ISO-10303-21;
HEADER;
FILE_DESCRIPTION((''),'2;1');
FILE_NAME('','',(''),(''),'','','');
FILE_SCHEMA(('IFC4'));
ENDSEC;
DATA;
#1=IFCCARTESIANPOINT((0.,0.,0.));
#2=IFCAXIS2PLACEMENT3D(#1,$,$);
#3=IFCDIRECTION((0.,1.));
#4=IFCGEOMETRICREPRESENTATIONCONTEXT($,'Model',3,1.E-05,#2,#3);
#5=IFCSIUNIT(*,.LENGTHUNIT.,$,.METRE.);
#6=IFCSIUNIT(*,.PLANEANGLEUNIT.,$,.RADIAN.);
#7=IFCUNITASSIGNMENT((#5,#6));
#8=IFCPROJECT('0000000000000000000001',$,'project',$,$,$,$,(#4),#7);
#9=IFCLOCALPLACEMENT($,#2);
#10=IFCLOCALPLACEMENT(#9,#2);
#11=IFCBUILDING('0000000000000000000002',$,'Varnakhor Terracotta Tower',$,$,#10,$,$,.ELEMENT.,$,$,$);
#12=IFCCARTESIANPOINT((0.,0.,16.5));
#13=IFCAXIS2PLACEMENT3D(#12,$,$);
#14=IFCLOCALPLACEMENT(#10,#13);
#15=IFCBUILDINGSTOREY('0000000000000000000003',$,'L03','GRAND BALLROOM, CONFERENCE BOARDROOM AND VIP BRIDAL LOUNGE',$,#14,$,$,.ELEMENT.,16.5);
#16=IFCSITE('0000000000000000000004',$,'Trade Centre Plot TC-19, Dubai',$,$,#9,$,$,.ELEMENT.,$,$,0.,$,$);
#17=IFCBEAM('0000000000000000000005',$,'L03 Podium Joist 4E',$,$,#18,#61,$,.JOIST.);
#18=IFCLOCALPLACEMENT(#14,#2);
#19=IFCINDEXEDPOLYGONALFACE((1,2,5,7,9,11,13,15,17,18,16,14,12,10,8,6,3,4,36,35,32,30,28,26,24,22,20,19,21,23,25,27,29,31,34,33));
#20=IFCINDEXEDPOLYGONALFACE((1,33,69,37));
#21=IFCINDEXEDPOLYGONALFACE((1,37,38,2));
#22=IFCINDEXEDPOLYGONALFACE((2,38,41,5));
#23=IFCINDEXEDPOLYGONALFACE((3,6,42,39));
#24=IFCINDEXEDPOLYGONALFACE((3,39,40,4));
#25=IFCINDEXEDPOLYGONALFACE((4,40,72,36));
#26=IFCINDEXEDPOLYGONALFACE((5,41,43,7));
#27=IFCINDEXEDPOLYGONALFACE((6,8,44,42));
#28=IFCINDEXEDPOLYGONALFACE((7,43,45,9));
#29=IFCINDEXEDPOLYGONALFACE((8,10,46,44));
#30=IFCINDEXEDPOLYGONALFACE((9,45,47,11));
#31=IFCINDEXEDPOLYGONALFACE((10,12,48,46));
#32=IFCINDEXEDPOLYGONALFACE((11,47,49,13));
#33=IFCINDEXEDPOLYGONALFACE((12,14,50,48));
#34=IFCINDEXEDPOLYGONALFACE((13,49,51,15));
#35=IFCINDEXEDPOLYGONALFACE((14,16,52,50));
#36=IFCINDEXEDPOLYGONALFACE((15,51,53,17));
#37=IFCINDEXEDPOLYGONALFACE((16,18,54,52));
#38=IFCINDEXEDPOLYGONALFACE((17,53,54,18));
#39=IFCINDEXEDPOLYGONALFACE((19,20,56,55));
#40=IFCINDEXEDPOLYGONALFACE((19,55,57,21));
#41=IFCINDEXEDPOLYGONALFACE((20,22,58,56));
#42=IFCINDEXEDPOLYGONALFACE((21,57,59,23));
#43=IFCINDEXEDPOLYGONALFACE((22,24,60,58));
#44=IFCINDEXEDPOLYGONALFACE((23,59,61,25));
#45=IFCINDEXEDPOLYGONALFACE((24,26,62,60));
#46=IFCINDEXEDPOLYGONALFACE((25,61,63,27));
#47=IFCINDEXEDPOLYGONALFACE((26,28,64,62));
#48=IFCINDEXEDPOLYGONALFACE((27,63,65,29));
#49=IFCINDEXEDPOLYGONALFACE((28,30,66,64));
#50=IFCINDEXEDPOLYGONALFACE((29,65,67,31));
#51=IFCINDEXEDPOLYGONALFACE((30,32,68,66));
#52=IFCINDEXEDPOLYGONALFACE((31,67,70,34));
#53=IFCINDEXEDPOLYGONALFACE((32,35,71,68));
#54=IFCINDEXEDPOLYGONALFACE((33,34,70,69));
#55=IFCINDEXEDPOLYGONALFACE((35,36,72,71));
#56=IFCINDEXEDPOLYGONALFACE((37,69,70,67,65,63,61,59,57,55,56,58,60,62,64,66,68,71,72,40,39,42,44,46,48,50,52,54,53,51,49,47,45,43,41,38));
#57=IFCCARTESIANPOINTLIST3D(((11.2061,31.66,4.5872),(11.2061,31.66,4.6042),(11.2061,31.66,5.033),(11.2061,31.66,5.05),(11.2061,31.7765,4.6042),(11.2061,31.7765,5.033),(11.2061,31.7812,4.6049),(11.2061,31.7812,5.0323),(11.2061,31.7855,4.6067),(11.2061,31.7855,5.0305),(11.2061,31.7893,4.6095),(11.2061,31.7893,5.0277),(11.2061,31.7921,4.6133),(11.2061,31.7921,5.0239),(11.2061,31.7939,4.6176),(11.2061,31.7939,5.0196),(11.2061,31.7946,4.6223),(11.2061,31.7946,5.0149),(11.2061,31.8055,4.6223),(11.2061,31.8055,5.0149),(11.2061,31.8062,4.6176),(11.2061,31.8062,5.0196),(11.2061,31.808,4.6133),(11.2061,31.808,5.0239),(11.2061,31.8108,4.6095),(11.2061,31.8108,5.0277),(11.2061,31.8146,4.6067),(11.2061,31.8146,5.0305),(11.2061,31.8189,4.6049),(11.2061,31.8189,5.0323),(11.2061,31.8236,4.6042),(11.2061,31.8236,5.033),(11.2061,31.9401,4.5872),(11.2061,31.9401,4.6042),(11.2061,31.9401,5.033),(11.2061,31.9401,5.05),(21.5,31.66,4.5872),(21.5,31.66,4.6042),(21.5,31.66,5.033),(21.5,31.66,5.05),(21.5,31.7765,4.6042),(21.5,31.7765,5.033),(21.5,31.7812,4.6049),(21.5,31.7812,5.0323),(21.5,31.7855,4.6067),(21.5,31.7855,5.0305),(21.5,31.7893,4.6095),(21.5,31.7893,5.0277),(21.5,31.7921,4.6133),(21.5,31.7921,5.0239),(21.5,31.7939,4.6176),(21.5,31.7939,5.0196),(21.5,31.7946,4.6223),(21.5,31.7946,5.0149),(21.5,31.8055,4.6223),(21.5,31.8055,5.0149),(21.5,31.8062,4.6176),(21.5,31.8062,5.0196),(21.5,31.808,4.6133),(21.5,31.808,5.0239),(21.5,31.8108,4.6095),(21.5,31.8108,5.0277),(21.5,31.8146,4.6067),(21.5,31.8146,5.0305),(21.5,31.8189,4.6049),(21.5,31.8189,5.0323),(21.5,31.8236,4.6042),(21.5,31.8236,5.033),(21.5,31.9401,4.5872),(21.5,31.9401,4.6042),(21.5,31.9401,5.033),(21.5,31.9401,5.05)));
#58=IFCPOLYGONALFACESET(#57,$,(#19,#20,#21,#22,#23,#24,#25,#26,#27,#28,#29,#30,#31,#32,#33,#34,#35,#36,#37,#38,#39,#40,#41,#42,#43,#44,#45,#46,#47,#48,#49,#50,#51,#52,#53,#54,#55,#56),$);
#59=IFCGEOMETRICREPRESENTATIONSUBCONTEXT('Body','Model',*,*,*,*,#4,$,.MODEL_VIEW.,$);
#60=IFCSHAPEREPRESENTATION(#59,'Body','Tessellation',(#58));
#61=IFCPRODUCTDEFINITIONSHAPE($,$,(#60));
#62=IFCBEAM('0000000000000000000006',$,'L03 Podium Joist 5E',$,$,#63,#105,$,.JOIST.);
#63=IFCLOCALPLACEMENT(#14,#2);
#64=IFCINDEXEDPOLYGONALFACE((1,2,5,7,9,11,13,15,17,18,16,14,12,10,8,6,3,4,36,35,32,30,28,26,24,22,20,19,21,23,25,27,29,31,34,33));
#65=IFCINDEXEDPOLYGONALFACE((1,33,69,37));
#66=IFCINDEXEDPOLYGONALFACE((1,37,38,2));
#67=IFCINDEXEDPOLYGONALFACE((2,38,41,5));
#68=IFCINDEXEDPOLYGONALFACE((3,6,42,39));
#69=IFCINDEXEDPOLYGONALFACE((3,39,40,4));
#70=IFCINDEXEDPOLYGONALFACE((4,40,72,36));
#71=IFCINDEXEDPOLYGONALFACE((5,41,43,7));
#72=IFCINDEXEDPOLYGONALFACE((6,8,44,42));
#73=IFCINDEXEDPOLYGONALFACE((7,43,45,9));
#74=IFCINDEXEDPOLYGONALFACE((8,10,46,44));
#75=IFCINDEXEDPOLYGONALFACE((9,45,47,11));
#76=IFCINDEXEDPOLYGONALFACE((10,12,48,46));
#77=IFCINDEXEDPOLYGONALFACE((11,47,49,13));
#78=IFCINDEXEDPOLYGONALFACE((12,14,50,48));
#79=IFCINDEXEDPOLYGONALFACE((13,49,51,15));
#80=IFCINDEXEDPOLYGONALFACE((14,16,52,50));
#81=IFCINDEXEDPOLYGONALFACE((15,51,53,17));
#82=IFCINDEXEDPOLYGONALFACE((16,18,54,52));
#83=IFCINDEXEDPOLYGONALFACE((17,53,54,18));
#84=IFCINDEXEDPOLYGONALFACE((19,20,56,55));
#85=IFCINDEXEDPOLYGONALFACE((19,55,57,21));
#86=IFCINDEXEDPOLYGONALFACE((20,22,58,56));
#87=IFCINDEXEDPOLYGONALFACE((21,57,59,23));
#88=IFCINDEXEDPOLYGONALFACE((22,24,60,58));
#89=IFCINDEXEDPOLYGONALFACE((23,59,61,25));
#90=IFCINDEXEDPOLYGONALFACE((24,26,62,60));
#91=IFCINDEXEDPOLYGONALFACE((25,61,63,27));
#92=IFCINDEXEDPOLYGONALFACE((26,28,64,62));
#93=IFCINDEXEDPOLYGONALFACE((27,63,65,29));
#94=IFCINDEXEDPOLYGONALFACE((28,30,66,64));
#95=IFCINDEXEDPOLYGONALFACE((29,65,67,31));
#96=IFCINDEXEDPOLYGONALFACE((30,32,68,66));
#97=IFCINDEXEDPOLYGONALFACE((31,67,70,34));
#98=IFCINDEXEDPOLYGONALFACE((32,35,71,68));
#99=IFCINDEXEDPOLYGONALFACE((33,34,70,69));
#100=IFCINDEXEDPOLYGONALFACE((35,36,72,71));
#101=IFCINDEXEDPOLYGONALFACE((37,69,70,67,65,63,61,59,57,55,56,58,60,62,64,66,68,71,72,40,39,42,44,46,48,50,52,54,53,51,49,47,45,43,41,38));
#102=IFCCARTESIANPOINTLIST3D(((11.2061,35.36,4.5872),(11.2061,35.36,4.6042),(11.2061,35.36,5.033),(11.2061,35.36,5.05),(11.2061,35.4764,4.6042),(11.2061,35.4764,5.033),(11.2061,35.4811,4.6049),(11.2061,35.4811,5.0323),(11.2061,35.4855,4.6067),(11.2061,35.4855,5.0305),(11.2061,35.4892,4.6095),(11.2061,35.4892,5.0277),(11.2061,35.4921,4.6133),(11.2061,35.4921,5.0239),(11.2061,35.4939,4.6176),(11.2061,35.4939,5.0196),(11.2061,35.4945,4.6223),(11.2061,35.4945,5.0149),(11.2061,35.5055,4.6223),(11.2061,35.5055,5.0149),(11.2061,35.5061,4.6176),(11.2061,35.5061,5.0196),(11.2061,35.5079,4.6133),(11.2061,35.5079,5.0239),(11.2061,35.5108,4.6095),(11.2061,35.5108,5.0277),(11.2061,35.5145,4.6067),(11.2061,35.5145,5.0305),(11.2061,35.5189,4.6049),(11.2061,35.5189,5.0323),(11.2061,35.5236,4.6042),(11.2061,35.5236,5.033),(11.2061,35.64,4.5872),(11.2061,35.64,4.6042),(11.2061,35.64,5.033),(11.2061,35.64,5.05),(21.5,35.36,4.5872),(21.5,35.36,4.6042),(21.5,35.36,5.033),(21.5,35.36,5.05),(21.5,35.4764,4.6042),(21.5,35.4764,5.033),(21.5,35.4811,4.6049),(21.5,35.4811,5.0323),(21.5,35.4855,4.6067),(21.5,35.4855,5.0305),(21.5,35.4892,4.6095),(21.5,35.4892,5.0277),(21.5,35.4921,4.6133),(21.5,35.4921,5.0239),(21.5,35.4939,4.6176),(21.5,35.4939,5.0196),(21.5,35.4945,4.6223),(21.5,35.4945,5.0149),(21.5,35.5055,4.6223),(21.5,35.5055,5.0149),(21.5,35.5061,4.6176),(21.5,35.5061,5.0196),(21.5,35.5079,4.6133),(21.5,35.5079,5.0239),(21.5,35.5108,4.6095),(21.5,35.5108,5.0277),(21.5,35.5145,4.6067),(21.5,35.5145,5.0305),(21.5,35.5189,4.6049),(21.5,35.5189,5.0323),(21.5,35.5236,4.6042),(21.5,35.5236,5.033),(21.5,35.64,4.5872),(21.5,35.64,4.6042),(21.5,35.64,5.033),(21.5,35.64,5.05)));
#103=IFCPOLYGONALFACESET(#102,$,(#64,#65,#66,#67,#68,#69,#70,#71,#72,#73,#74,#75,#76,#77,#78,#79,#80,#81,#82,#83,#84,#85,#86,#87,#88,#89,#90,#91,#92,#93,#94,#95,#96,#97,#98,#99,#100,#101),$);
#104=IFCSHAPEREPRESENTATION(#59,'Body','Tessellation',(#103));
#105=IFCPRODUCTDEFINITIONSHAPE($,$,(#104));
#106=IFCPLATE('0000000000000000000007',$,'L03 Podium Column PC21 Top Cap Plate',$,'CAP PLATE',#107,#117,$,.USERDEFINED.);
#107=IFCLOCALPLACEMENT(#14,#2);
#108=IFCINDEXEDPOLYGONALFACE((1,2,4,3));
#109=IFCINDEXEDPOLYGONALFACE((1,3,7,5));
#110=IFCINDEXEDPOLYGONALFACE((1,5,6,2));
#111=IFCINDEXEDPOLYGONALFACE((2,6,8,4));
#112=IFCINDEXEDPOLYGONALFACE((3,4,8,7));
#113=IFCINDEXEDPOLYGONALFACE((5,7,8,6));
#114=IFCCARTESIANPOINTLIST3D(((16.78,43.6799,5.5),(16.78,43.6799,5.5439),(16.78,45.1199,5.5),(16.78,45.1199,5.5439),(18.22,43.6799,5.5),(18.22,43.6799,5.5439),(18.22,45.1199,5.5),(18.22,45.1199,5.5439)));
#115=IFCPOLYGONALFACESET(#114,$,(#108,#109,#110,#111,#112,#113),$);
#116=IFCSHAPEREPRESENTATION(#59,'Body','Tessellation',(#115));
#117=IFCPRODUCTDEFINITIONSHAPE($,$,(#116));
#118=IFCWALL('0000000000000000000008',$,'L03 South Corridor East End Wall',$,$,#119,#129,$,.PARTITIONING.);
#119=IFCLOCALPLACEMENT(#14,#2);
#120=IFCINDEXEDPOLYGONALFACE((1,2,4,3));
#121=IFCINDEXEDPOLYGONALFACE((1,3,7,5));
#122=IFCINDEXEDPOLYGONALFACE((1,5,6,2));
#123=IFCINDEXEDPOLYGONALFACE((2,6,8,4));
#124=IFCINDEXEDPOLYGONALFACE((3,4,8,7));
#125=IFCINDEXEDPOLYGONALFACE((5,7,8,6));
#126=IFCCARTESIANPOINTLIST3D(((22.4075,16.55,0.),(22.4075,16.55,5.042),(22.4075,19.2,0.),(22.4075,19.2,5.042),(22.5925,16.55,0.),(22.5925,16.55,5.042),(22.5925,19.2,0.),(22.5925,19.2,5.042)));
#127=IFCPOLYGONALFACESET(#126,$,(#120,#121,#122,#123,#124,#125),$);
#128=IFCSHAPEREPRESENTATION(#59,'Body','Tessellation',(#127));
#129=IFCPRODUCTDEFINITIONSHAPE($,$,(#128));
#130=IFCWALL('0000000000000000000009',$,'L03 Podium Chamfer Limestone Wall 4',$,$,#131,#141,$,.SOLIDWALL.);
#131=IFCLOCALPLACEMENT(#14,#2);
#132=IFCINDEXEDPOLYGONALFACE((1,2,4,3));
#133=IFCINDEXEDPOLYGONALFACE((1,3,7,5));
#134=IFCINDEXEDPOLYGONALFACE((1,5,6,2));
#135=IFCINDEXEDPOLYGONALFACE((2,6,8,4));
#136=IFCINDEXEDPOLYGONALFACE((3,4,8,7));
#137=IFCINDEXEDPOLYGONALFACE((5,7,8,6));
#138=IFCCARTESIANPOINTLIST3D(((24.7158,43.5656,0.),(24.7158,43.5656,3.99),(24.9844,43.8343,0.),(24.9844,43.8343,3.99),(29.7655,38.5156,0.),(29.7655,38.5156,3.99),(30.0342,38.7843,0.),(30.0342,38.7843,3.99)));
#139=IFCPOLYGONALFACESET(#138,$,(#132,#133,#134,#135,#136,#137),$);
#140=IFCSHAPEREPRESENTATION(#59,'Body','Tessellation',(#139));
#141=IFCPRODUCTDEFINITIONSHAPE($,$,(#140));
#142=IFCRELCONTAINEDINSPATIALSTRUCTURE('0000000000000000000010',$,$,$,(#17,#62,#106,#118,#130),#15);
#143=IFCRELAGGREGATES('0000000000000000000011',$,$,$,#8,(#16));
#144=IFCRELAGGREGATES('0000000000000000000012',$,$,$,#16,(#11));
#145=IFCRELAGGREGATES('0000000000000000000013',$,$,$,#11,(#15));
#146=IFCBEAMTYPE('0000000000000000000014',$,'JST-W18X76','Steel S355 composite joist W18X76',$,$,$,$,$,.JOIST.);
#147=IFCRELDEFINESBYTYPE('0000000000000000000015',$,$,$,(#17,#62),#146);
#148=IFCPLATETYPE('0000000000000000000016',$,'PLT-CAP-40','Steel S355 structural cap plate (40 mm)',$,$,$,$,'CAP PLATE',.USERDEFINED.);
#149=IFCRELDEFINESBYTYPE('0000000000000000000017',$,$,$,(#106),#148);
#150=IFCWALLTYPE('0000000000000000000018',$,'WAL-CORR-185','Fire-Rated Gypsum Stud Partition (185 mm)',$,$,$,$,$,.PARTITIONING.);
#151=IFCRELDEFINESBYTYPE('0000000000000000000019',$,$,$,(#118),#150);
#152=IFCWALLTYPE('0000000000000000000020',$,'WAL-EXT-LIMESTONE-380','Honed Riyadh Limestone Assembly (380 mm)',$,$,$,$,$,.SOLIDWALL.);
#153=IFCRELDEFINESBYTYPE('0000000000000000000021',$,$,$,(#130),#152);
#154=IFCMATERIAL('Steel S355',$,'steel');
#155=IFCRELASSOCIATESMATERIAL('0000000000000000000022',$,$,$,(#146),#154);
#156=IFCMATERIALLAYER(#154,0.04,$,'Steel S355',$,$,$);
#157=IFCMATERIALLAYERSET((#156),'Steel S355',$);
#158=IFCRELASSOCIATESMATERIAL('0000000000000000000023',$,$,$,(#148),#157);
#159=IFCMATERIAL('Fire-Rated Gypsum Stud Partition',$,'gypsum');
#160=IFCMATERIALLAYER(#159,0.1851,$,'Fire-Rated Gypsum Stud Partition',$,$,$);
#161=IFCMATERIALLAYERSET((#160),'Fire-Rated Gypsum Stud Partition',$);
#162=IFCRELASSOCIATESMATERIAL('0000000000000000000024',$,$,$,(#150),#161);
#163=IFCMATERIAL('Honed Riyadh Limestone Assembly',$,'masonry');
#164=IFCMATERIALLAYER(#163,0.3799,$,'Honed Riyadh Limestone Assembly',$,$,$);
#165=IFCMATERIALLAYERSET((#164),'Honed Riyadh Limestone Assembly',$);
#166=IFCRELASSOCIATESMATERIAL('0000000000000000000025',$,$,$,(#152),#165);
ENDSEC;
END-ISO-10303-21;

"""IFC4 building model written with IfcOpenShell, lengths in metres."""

from ifc_helpers import new_model, si_unit, direction, frame, frame_2d, origin, origin_2d, place, context, subcontext, project, spatial, rectangle, i_section, extrude, source, transform, mapped, material, layer, layer_set, material_profile, profile_set, type_object, type_shapes, element, save


model = new_model("IFC4")

# Units and contexts
model_context = context("Model", 3, precision=1e-05, world=origin(), true_north=direction((0.0, 1.0)))
body_context = subcontext(model_context, "Body", "Model", "MODEL_VIEW")
ifc_project = project(units=[si_unit("LENGTHUNIT", "METRE"), si_unit("PLANEANGLEUNIT", "RADIAN")], contexts=[model_context])

# Site, building, storey
site_placement = place(None, origin())
site = spatial("IfcSite", under=ifc_project, at=site_placement, Name="Trade Centre Plot TC-19, Dubai", CompositionType="ELEMENT", RefElevation=0.0)
building_placement = place(site_placement, origin())
building = spatial("IfcBuilding", under=site, at=building_placement, Name="Varnakhor Terracotta Tower", CompositionType="ELEMENT")
storey_placement = place(building_placement, frame((0.0, 0.0, 16.5)))
storey = spatial("IfcBuildingStorey", under=building, at=storey_placement, Name="L03", Description="GRAND BALLROOM, CONFERENCE BOARDROOM AND VIP BRIDAL LOUNGE", CompositionType="ELEMENT", Elevation=16.5)

# Beams
ifc_material_1 = material(Name="Steel S355", Category="steel")
ifc_material_profile_1 = material_profile(ifc_material_1, i_section(OverallWidth=0.28, OverallDepth=0.4629, WebThickness=0.011, FlangeThickness=0.0171, FilletRadius=0.0181, at=origin_2d()), Name="W18X76")
ifc_profile_set_1 = profile_set([ifc_material_profile_1], Name="Steel S355")
beam_type_1 = type_object("IfcBeamType", Name="JST-W18X76", Description="Steel S355 composite joist W18X76", PredefinedType="JOIST", material=ifc_profile_set_1)
shared_shape_1 = source(origin(), body_context, "Body", "SweptSolid", [
    extrude(i_section(OverallWidth=0.28, OverallDepth=0.4629, WebThickness=0.011, FlangeThickness=0.0171, FilletRadius=0.0181, at=origin_2d()), origin(), (0.0, 0.0, 1.0), 10.2939),
])
type_shapes(beam_type_1, [shared_shape_1])
for number, where, z_axis, x_axis, name in (
    (1, (11.2061, 31.8, 4.8186), (1.0, 0.0, 0.0), (0.0, 1.0, 0.0), "L03 Podium Joist 4E"),
    (2, (11.2061, 35.5, 4.8186), (1.0, 0.0, 0.0), (0.0, 1.0, 0.0), "L03 Podium Joist 5E"),
):
    element("IfcBeam", number, at=place(storey_placement, frame(where, z_axis=z_axis, x_axis=x_axis)), inside=storey, type_object=beam_type_1, Name=name, PredefinedType="JOIST", context=body_context, shape_type="MappedRepresentation", body=[
        mapped(shared_shape_1, transform((0.0, 0.0, 0.0), scale=1.0)),
    ])

# Plate
ifc_layer_1 = layer(ifc_material_1, 0.04, Name="Steel S355")
ifc_layer_set_1 = layer_set([ifc_layer_1], Name="Steel S355")
plate_type = type_object("IfcPlateType", Name="PLT-CAP-40", Description="Steel S355 structural cap plate (40 mm)", ElementType="CAP PLATE", PredefinedType="USERDEFINED", material=ifc_layer_set_1)
shared_shape_2 = source(origin(), body_context, "Body", "SweptSolid", [
    extrude(rectangle(XDim=1.4399, YDim=1.4399, at=origin_2d()), origin(), (0.0, 0.0, 1.0), 0.0439),
])
type_shapes(plate_type, [shared_shape_2])
plate_placement = place(storey_placement, frame((17.5, 44.3999, 5.5), z_axis=(0.0, 0.0, 1.0), x_axis=(1.0, 0.0, 0.0)))
element("IfcPlate", 3, at=plate_placement, inside=storey, type_object=plate_type, Name="L03 Podium Column PC21 Top Cap Plate", ObjectType="CAP PLATE", PredefinedType="USERDEFINED", context=body_context, shape_type="MappedRepresentation", body=[
    mapped(shared_shape_2, transform((0.0, 0.0, 0.0), scale=1.0)),
])

# Walls
ifc_material_2 = material(Name="Fire-Rated Gypsum Stud Partition", Category="gypsum")
ifc_layer_2 = layer(ifc_material_2, 0.1851, Name="Fire-Rated Gypsum Stud Partition")
ifc_layer_set_2 = layer_set([ifc_layer_2], Name="Fire-Rated Gypsum Stud Partition")
wall_type_1 = type_object("IfcWallType", Name="WAL-CORR-185", Description="Fire-Rated Gypsum Stud Partition (185 mm)", PredefinedType="PARTITIONING", material=ifc_layer_set_2)
wall_1_placement = place(storey_placement, frame((22.5, 16.55, 0.0), z_axis=(0.0, 0.0, 1.0), x_axis=(0.0, 1.0, 0.0)))
element("IfcWall", 4, at=wall_1_placement, inside=storey, type_object=wall_type_1, Name="L03 South Corridor East End Wall", PredefinedType="PARTITIONING", context=body_context, shape_type="SweptSolid", body=[
    extrude(rectangle(XDim=2.6499, YDim=0.1851, at=frame_2d((1.325, 0.0))), origin(), (0.0, 0.0, 1.0), 5.042),
])
ifc_material_3 = material(Name="Honed Riyadh Limestone Assembly", Category="masonry")
ifc_layer_3 = layer(ifc_material_3, 0.3799, Name="Honed Riyadh Limestone Assembly")
ifc_layer_set_3 = layer_set([ifc_layer_3], Name="Honed Riyadh Limestone Assembly")
wall_type_2 = type_object("IfcWallType", Name="WAL-EXT-LIMESTONE-380", Description="Honed Riyadh Limestone Assembly (380 mm)", PredefinedType="SOLIDWALL", material=ifc_layer_set_3)
wall_2_placement = place(storey_placement, frame((24.8501, 43.7, 0.0), z_axis=(0.0, 0.0, 1.0), x_axis=(0.70709, -0.707124, 0.0)))
element("IfcWall", 5, at=wall_2_placement, inside=storey, type_object=wall_type_2, Name="L03 Podium Chamfer Limestone Wall 4", PredefinedType="SOLIDWALL", context=body_context, shape_type="SweptSolid", body=[
    extrude(rectangle(XDim=7.1416, YDim=0.3799, at=frame_2d((3.5708, 0.0))), origin(), (0.0, 0.0, 1.0), 3.99),
])

save(model, "model.ifc")
